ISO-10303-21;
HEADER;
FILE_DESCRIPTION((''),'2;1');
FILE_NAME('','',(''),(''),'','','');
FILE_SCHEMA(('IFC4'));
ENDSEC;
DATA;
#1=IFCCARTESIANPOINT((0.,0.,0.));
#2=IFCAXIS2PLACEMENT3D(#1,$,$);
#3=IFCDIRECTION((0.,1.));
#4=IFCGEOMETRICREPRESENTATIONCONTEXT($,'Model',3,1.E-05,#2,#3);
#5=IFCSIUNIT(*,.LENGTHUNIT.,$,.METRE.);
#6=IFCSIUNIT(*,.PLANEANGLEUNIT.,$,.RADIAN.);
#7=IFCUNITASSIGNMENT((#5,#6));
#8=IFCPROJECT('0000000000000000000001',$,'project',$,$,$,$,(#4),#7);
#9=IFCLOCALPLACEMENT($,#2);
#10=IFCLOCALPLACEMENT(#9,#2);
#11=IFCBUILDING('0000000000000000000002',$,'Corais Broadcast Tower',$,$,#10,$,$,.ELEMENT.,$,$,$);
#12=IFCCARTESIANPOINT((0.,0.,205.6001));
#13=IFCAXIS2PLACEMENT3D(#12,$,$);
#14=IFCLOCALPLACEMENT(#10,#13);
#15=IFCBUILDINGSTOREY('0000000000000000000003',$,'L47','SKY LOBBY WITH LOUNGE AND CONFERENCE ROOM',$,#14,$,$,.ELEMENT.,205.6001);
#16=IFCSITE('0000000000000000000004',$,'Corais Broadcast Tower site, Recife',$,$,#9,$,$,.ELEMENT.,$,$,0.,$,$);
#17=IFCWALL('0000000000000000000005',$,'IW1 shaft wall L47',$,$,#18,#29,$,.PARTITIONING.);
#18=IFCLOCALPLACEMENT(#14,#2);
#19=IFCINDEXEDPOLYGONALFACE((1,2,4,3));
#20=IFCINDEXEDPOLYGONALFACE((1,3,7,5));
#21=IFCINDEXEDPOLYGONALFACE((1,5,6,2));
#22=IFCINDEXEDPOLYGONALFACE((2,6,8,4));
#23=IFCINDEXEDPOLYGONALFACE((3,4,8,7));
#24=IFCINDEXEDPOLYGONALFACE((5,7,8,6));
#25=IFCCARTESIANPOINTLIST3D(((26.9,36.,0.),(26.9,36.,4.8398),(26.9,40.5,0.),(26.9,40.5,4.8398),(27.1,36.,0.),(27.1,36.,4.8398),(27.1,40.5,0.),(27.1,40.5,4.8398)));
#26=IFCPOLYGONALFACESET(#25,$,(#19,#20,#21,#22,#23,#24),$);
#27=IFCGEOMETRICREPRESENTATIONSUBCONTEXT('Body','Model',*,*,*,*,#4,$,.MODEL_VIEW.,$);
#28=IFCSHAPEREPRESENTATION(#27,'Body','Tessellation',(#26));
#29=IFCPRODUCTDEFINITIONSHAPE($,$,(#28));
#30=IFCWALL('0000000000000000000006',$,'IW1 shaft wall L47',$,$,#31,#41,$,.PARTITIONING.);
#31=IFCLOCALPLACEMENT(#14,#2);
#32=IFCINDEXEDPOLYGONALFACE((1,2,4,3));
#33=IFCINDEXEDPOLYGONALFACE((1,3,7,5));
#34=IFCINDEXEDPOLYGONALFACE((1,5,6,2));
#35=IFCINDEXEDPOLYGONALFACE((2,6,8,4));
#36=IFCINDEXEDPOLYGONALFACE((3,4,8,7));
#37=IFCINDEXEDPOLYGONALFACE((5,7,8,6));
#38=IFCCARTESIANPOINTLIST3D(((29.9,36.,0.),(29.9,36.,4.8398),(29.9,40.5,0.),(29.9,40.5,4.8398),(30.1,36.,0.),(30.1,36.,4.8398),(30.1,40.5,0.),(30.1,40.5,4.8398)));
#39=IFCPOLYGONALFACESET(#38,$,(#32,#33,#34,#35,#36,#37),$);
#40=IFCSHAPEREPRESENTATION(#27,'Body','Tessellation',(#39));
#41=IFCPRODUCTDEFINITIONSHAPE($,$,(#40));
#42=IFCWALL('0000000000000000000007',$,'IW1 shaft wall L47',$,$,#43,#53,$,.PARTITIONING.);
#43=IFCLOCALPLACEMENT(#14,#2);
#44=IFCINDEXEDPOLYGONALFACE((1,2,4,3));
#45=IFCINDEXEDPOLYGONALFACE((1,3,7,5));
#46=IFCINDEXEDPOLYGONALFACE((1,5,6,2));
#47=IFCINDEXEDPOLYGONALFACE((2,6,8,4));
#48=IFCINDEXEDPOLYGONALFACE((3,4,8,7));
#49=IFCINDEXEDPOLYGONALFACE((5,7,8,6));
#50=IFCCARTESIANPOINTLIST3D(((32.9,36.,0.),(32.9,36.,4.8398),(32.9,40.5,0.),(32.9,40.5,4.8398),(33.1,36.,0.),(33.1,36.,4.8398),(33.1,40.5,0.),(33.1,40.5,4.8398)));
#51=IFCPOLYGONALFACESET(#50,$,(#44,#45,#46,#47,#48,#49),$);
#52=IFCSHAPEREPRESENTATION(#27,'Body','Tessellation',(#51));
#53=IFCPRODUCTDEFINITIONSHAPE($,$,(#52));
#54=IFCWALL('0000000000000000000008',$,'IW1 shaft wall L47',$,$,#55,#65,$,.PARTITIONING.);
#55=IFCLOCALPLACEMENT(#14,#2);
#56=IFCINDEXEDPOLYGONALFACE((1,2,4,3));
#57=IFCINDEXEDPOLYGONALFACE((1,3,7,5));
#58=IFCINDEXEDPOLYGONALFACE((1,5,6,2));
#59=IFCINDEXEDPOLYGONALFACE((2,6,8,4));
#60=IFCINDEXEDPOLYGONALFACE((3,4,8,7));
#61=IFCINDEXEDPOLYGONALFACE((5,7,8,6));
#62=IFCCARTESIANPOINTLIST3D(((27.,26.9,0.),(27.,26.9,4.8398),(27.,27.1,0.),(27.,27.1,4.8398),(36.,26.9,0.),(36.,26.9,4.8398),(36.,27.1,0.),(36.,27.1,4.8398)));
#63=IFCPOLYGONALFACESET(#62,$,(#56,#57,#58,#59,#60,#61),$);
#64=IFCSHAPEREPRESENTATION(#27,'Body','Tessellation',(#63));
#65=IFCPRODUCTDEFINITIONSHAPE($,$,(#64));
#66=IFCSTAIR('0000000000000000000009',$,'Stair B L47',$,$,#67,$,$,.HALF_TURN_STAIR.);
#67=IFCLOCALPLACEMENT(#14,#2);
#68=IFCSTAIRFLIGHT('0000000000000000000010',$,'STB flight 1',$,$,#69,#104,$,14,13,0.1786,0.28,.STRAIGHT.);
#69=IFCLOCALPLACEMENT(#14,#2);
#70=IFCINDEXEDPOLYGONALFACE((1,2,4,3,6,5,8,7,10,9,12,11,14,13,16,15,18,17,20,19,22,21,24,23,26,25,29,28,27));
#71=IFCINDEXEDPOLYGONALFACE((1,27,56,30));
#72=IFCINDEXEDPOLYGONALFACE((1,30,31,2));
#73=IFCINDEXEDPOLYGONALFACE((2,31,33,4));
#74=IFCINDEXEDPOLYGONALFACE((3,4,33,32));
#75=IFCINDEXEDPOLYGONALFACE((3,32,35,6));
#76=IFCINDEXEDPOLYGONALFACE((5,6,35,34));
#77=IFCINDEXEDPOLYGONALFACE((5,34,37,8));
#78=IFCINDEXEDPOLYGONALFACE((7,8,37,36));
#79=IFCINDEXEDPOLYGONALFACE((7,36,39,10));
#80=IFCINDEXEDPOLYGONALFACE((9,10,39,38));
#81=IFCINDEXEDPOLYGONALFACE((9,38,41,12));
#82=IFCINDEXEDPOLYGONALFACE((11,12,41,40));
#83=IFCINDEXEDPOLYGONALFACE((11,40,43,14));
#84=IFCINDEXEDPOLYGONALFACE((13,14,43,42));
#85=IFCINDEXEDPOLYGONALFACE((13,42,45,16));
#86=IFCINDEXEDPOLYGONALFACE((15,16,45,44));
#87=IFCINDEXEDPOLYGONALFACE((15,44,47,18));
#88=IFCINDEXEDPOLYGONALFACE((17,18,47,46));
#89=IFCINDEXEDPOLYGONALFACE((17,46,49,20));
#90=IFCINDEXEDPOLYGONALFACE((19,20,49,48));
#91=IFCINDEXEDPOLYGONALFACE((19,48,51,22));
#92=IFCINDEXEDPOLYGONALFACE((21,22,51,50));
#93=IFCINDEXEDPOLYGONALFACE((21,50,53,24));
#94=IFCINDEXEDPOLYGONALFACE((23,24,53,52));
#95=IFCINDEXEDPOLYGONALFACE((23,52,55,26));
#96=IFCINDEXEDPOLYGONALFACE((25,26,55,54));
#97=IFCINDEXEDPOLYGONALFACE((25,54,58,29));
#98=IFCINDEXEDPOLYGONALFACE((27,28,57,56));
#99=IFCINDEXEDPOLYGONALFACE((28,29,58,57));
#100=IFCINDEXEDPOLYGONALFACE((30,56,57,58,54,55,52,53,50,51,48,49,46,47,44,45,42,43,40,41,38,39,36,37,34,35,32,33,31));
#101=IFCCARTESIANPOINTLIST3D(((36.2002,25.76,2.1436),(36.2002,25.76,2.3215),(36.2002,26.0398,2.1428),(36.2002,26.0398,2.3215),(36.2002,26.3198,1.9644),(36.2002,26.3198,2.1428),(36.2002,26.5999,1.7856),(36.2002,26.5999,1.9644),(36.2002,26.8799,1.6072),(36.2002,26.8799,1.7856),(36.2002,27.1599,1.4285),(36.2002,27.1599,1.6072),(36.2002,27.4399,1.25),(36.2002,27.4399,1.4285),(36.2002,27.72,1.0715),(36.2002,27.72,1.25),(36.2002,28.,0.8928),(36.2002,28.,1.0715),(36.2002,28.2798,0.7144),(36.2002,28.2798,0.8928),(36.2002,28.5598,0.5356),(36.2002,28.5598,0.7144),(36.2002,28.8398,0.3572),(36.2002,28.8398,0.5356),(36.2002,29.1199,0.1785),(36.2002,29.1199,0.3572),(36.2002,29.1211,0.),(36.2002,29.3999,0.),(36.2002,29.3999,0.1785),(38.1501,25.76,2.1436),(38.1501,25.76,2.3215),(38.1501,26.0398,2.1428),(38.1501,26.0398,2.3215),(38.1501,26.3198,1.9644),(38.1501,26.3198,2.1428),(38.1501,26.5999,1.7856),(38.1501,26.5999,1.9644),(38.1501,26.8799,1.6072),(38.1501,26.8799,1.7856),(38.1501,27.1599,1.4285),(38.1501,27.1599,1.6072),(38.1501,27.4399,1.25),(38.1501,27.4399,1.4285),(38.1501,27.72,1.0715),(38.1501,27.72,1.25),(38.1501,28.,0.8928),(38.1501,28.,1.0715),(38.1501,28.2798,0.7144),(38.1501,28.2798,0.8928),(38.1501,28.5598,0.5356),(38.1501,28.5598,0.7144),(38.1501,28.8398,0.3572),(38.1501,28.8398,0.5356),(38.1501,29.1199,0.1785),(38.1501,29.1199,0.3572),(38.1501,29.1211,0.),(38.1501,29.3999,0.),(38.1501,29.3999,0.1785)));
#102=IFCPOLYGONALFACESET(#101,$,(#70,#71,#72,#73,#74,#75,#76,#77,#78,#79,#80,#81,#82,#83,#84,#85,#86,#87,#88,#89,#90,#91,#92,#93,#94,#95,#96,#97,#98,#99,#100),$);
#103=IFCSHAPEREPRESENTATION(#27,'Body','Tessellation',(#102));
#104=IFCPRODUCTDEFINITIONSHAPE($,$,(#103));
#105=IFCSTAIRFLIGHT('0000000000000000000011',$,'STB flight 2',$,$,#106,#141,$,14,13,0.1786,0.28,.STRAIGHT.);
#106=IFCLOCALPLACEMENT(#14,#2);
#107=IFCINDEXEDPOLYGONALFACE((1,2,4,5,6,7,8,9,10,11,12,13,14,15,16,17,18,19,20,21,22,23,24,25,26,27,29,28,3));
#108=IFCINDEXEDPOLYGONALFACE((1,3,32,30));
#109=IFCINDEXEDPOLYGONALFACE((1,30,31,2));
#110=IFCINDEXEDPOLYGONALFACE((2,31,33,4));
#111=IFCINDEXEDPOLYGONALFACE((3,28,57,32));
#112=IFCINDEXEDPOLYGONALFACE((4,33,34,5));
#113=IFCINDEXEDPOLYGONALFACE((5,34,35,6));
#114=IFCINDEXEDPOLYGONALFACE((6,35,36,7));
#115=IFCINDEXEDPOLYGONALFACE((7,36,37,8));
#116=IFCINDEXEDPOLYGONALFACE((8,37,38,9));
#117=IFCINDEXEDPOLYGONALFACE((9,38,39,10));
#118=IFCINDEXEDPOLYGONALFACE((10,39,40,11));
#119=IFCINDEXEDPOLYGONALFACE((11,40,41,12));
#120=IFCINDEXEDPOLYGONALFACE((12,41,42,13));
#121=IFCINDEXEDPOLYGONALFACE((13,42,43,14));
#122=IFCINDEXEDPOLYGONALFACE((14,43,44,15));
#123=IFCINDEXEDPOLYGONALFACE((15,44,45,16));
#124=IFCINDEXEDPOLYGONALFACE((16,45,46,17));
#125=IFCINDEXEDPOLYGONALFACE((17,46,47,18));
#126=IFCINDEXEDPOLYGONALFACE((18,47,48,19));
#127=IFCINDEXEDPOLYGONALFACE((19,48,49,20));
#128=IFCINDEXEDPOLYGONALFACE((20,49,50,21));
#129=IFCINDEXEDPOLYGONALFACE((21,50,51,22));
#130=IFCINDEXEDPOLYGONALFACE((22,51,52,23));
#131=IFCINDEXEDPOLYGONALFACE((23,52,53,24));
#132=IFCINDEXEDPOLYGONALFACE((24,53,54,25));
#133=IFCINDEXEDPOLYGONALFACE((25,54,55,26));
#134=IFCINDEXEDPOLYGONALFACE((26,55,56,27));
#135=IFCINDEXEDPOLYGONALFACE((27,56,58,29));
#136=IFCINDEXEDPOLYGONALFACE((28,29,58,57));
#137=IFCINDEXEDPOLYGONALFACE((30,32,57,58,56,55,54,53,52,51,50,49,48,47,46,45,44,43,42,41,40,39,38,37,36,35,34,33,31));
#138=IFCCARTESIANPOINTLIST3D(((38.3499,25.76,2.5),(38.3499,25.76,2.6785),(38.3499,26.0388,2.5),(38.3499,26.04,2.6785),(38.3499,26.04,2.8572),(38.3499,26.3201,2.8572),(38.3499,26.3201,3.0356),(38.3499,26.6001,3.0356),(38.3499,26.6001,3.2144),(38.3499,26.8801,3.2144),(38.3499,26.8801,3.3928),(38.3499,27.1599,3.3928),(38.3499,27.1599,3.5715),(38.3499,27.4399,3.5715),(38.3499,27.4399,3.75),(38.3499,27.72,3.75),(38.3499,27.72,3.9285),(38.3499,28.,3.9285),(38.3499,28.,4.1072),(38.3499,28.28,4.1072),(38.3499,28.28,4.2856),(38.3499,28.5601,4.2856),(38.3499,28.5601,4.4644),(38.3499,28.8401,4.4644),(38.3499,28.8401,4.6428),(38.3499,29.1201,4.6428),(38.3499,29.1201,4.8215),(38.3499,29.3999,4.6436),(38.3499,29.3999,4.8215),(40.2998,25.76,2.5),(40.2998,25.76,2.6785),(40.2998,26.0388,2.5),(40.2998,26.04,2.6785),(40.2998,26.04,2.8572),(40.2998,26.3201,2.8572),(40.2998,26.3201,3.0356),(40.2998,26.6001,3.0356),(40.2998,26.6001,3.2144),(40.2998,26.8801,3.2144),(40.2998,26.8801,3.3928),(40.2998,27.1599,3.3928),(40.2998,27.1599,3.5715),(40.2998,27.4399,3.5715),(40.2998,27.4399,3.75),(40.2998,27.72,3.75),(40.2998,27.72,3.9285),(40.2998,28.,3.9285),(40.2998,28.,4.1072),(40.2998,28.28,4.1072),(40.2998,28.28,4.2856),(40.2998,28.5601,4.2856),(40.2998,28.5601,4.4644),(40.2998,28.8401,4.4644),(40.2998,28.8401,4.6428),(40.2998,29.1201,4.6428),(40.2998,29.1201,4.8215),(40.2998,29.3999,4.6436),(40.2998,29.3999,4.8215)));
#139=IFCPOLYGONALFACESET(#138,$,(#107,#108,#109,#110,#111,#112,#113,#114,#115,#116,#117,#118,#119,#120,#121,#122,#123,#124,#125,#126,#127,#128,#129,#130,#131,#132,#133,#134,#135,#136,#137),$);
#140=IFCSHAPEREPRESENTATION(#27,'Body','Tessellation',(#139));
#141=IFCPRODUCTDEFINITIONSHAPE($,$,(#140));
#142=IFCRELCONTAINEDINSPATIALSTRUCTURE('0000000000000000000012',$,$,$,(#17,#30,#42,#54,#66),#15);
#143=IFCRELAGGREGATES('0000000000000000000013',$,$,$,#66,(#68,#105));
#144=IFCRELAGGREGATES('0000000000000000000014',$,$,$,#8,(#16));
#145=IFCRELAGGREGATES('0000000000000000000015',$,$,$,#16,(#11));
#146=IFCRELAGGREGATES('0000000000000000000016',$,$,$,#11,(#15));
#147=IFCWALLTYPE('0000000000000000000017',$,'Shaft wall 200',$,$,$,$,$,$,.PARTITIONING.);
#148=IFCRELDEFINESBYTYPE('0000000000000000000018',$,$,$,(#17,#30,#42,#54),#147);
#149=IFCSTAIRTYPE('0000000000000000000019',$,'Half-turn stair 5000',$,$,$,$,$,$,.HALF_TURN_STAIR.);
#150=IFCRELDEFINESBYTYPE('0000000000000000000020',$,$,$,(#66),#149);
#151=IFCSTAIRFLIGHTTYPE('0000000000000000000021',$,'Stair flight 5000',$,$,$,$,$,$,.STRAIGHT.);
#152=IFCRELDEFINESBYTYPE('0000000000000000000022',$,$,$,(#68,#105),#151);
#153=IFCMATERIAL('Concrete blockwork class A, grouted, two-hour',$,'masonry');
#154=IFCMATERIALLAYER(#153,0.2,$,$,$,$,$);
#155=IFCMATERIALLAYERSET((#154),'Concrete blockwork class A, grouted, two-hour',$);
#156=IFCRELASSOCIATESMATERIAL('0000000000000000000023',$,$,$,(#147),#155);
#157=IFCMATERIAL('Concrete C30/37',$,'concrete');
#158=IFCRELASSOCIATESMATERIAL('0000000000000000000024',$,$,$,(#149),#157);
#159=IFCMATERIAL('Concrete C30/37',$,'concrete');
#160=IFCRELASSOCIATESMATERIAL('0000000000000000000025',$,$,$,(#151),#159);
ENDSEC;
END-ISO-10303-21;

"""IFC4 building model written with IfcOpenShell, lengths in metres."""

from ifc_helpers import new_model, si_unit, direction, frame, frame_2d, origin, place, context, subcontext, project, spatial, polyline, rectangle, outline, extrude, material, layer, layer_set, type_object, element, aggregate, save


model = new_model("IFC4")

# Units and contexts
model_context = context("Model", 3, precision=1e-05, world=origin(), true_north=direction((0.0, 1.0)))
body_context = subcontext(model_context, "Body", "Model", "MODEL_VIEW")
ifc_project = project(units=[si_unit("LENGTHUNIT", "METRE"), si_unit("PLANEANGLEUNIT", "RADIAN")], contexts=[model_context])

# Site, building, storey
site_placement = place(None, origin())
site = spatial("IfcSite", under=ifc_project, at=site_placement, Name="Corais Broadcast Tower site, Recife", CompositionType="ELEMENT", RefElevation=0.0)
building_placement = place(site_placement, origin())
building = spatial("IfcBuilding", under=site, at=building_placement, Name="Corais Broadcast Tower", CompositionType="ELEMENT")
storey_placement = place(building_placement, frame((0.0, 0.0, 205.6001)))
storey = spatial("IfcBuildingStorey", under=building, at=storey_placement, Name="L47", Description="SKY LOBBY WITH LOUNGE AND CONFERENCE ROOM", CompositionType="ELEMENT", Elevation=205.6001)

# Walls
ifc_material_1 = material(Name="Concrete blockwork class A, grouted, two-hour", Category="masonry")
ifc_layer_1 = layer(ifc_material_1, 0.2)
ifc_layer_set_1 = layer_set([ifc_layer_1], Name="Concrete blockwork class A, grouted, two-hour")
wall_type_1 = type_object("IfcWallType", Name="Shaft wall 200", PredefinedType="PARTITIONING", material=ifc_layer_set_1)
for number, where, z_axis, x_axis, name in (
    (1, (27.0, 36.0, 0.0), (0.0, 0.0, 1.0), (0.0, 1.0, 0.0), "IW1 shaft wall L47"),
    (2, (30.0, 36.0, 0.0), (0.0, 0.0, 1.0), (0.0, 1.0, 0.0), "IW1 shaft wall L47"),
    (3, (33.0, 36.0, 0.0), (0.0, 0.0, 1.0), (0.0, 1.0, 0.0), "IW1 shaft wall L47"),
):
    element("IfcWall", number, at=place(storey_placement, frame(where, z_axis=z_axis, x_axis=x_axis)), inside=storey, type_object=wall_type_1, Name=name, PredefinedType="PARTITIONING", context=body_context, shape_type="SweptSolid", body=[
        extrude(rectangle(XDim=4.5, YDim=0.2, at=frame_2d((2.25, 0.0))), origin(), (0.0, 0.0, 1.0), 4.8398),
    ])
wall_1_placement = place(storey_placement, frame((27.0, 27.0, 0.0), z_axis=(0.0, 0.0, 1.0), x_axis=(1.0, 0.0, 0.0)))
element("IfcWall", 4, at=wall_1_placement, inside=storey, type_object=wall_type_1, Name="IW1 shaft wall L47", PredefinedType="PARTITIONING", context=body_context, shape_type="SweptSolid", body=[
    extrude(rectangle(XDim=9.0, YDim=0.2, at=frame_2d((4.5, 0.0))), origin(), (0.0, 0.0, 1.0), 4.8398),
])

# Stair, stair flights
ifc_material_2 = material(Name="Concrete C30/37", Category="concrete")
stair_type = type_object("IfcStairType", Name="Half-turn stair 5000", PredefinedType="HALF_TURN_STAIR", material=ifc_material_2)
stair_placement = place(storey_placement, origin())
stair = element("IfcStair", 5, at=stair_placement, inside=storey, type_object=stair_type, Name="Stair B L47", PredefinedType="HALF_TURN_STAIR")
ifc_material_3 = material(Name="Concrete C30/37", Category="concrete")
stair_flight_type = type_object("IfcStairFlightType", Name="Stair flight 5000", PredefinedType="STRAIGHT", material=ifc_material_3)
stair_flight_1_placement = place(storey_placement, frame((37.175, 29.3999, 0.0), z_axis=(0.0, 0.0, 1.0), x_axis=(0.0, -1.0, 0.0)))
stair_flight_1 = element("IfcStairFlight", 6, at=stair_flight_1_placement, type_object=stair_flight_type, Name="STB flight 1", NumberOfRisers=14, NumberOfTreads=13, PredefinedType="STRAIGHT", RiserHeight=0.1786, TreadLength=0.28, context=body_context, shape_type="SweptSolid", body=[
    extrude(outline(polyline([(0.0, 0.0), (0.0, 0.1785), (0.28, 0.1785), (0.28, 0.3572), (0.5601, 0.3572), (0.5601, 0.5356), (0.8401, 0.5356), (0.8401, 0.7144), (1.1201, 0.7144), (1.1201, 0.8928), (1.3999, 0.8928), (1.3999, 1.0715), (1.6799, 1.0715), (1.6799, 1.25), (1.96, 1.25), (1.96, 1.4285), (2.24, 1.4285), (2.24, 1.6072), (2.52, 1.6072), (2.52, 1.7856), (2.8, 1.7856), (2.8, 1.9644), (3.0801, 1.9644), (3.0801, 2.1428), (3.3601, 2.1428), (3.3601, 2.3215), (3.6399, 2.3215), (3.6399, 2.5), (3.6399, 2.1436), (0.2788, 0.0), (0.0, 0.0)])), frame((0.0, 0.9751, 0.0), z_axis=(0.0, -1.0, 0.0), x_axis=(1.0, 0.0, 0.0)), (0.0, 0.0, 1.0), 1.95),
])
stair_flight_2_placement = place(storey_placement, frame((39.325, 25.76, 2.5), z_axis=(0.0, 0.0, 1.0), x_axis=(0.0, 1.0, 0.0)))
stair_flight_2 = element("IfcStairFlight", 7, at=stair_flight_2_placement, type_object=stair_flight_type, Name="STB flight 2", NumberOfRisers=14, NumberOfTreads=13, PredefinedType="STRAIGHT", RiserHeight=0.1786, TreadLength=0.28, context=body_context, shape_type="SweptSolid", body=[
    extrude(outline(polyline([(0.0, 0.0), (0.0, 0.1785), (0.28, 0.1785), (0.28, 0.3572), (0.5601, 0.3572), (0.5601, 0.5356), (0.8401, 0.5356), (0.8401, 0.7144), (1.1201, 0.7144), (1.1201, 0.8928), (1.3999, 0.8928), (1.3999, 1.0715), (1.6799, 1.0715), (1.6799, 1.25), (1.96, 1.25), (1.96, 1.4285), (2.24, 1.4285), (2.24, 1.6072), (2.52, 1.6072), (2.52, 1.7856), (2.8, 1.7856), (2.8, 1.9644), (3.0801, 1.9644), (3.0801, 2.1428), (3.3601, 2.1428), (3.3601, 2.3215), (3.6399, 2.3215), (3.6399, 2.5), (3.6399, 2.1436), (0.2788, 0.0), (0.0, 0.0)])), frame((0.0, 0.9751, 0.0), z_axis=(0.0, -1.0, 0.0), x_axis=(1.0, 0.0, 0.0)), (0.0, 0.0, 1.0), 1.95),
])
aggregate(stair, [stair_flight_1, stair_flight_2])

save(model, "model.ifc")
